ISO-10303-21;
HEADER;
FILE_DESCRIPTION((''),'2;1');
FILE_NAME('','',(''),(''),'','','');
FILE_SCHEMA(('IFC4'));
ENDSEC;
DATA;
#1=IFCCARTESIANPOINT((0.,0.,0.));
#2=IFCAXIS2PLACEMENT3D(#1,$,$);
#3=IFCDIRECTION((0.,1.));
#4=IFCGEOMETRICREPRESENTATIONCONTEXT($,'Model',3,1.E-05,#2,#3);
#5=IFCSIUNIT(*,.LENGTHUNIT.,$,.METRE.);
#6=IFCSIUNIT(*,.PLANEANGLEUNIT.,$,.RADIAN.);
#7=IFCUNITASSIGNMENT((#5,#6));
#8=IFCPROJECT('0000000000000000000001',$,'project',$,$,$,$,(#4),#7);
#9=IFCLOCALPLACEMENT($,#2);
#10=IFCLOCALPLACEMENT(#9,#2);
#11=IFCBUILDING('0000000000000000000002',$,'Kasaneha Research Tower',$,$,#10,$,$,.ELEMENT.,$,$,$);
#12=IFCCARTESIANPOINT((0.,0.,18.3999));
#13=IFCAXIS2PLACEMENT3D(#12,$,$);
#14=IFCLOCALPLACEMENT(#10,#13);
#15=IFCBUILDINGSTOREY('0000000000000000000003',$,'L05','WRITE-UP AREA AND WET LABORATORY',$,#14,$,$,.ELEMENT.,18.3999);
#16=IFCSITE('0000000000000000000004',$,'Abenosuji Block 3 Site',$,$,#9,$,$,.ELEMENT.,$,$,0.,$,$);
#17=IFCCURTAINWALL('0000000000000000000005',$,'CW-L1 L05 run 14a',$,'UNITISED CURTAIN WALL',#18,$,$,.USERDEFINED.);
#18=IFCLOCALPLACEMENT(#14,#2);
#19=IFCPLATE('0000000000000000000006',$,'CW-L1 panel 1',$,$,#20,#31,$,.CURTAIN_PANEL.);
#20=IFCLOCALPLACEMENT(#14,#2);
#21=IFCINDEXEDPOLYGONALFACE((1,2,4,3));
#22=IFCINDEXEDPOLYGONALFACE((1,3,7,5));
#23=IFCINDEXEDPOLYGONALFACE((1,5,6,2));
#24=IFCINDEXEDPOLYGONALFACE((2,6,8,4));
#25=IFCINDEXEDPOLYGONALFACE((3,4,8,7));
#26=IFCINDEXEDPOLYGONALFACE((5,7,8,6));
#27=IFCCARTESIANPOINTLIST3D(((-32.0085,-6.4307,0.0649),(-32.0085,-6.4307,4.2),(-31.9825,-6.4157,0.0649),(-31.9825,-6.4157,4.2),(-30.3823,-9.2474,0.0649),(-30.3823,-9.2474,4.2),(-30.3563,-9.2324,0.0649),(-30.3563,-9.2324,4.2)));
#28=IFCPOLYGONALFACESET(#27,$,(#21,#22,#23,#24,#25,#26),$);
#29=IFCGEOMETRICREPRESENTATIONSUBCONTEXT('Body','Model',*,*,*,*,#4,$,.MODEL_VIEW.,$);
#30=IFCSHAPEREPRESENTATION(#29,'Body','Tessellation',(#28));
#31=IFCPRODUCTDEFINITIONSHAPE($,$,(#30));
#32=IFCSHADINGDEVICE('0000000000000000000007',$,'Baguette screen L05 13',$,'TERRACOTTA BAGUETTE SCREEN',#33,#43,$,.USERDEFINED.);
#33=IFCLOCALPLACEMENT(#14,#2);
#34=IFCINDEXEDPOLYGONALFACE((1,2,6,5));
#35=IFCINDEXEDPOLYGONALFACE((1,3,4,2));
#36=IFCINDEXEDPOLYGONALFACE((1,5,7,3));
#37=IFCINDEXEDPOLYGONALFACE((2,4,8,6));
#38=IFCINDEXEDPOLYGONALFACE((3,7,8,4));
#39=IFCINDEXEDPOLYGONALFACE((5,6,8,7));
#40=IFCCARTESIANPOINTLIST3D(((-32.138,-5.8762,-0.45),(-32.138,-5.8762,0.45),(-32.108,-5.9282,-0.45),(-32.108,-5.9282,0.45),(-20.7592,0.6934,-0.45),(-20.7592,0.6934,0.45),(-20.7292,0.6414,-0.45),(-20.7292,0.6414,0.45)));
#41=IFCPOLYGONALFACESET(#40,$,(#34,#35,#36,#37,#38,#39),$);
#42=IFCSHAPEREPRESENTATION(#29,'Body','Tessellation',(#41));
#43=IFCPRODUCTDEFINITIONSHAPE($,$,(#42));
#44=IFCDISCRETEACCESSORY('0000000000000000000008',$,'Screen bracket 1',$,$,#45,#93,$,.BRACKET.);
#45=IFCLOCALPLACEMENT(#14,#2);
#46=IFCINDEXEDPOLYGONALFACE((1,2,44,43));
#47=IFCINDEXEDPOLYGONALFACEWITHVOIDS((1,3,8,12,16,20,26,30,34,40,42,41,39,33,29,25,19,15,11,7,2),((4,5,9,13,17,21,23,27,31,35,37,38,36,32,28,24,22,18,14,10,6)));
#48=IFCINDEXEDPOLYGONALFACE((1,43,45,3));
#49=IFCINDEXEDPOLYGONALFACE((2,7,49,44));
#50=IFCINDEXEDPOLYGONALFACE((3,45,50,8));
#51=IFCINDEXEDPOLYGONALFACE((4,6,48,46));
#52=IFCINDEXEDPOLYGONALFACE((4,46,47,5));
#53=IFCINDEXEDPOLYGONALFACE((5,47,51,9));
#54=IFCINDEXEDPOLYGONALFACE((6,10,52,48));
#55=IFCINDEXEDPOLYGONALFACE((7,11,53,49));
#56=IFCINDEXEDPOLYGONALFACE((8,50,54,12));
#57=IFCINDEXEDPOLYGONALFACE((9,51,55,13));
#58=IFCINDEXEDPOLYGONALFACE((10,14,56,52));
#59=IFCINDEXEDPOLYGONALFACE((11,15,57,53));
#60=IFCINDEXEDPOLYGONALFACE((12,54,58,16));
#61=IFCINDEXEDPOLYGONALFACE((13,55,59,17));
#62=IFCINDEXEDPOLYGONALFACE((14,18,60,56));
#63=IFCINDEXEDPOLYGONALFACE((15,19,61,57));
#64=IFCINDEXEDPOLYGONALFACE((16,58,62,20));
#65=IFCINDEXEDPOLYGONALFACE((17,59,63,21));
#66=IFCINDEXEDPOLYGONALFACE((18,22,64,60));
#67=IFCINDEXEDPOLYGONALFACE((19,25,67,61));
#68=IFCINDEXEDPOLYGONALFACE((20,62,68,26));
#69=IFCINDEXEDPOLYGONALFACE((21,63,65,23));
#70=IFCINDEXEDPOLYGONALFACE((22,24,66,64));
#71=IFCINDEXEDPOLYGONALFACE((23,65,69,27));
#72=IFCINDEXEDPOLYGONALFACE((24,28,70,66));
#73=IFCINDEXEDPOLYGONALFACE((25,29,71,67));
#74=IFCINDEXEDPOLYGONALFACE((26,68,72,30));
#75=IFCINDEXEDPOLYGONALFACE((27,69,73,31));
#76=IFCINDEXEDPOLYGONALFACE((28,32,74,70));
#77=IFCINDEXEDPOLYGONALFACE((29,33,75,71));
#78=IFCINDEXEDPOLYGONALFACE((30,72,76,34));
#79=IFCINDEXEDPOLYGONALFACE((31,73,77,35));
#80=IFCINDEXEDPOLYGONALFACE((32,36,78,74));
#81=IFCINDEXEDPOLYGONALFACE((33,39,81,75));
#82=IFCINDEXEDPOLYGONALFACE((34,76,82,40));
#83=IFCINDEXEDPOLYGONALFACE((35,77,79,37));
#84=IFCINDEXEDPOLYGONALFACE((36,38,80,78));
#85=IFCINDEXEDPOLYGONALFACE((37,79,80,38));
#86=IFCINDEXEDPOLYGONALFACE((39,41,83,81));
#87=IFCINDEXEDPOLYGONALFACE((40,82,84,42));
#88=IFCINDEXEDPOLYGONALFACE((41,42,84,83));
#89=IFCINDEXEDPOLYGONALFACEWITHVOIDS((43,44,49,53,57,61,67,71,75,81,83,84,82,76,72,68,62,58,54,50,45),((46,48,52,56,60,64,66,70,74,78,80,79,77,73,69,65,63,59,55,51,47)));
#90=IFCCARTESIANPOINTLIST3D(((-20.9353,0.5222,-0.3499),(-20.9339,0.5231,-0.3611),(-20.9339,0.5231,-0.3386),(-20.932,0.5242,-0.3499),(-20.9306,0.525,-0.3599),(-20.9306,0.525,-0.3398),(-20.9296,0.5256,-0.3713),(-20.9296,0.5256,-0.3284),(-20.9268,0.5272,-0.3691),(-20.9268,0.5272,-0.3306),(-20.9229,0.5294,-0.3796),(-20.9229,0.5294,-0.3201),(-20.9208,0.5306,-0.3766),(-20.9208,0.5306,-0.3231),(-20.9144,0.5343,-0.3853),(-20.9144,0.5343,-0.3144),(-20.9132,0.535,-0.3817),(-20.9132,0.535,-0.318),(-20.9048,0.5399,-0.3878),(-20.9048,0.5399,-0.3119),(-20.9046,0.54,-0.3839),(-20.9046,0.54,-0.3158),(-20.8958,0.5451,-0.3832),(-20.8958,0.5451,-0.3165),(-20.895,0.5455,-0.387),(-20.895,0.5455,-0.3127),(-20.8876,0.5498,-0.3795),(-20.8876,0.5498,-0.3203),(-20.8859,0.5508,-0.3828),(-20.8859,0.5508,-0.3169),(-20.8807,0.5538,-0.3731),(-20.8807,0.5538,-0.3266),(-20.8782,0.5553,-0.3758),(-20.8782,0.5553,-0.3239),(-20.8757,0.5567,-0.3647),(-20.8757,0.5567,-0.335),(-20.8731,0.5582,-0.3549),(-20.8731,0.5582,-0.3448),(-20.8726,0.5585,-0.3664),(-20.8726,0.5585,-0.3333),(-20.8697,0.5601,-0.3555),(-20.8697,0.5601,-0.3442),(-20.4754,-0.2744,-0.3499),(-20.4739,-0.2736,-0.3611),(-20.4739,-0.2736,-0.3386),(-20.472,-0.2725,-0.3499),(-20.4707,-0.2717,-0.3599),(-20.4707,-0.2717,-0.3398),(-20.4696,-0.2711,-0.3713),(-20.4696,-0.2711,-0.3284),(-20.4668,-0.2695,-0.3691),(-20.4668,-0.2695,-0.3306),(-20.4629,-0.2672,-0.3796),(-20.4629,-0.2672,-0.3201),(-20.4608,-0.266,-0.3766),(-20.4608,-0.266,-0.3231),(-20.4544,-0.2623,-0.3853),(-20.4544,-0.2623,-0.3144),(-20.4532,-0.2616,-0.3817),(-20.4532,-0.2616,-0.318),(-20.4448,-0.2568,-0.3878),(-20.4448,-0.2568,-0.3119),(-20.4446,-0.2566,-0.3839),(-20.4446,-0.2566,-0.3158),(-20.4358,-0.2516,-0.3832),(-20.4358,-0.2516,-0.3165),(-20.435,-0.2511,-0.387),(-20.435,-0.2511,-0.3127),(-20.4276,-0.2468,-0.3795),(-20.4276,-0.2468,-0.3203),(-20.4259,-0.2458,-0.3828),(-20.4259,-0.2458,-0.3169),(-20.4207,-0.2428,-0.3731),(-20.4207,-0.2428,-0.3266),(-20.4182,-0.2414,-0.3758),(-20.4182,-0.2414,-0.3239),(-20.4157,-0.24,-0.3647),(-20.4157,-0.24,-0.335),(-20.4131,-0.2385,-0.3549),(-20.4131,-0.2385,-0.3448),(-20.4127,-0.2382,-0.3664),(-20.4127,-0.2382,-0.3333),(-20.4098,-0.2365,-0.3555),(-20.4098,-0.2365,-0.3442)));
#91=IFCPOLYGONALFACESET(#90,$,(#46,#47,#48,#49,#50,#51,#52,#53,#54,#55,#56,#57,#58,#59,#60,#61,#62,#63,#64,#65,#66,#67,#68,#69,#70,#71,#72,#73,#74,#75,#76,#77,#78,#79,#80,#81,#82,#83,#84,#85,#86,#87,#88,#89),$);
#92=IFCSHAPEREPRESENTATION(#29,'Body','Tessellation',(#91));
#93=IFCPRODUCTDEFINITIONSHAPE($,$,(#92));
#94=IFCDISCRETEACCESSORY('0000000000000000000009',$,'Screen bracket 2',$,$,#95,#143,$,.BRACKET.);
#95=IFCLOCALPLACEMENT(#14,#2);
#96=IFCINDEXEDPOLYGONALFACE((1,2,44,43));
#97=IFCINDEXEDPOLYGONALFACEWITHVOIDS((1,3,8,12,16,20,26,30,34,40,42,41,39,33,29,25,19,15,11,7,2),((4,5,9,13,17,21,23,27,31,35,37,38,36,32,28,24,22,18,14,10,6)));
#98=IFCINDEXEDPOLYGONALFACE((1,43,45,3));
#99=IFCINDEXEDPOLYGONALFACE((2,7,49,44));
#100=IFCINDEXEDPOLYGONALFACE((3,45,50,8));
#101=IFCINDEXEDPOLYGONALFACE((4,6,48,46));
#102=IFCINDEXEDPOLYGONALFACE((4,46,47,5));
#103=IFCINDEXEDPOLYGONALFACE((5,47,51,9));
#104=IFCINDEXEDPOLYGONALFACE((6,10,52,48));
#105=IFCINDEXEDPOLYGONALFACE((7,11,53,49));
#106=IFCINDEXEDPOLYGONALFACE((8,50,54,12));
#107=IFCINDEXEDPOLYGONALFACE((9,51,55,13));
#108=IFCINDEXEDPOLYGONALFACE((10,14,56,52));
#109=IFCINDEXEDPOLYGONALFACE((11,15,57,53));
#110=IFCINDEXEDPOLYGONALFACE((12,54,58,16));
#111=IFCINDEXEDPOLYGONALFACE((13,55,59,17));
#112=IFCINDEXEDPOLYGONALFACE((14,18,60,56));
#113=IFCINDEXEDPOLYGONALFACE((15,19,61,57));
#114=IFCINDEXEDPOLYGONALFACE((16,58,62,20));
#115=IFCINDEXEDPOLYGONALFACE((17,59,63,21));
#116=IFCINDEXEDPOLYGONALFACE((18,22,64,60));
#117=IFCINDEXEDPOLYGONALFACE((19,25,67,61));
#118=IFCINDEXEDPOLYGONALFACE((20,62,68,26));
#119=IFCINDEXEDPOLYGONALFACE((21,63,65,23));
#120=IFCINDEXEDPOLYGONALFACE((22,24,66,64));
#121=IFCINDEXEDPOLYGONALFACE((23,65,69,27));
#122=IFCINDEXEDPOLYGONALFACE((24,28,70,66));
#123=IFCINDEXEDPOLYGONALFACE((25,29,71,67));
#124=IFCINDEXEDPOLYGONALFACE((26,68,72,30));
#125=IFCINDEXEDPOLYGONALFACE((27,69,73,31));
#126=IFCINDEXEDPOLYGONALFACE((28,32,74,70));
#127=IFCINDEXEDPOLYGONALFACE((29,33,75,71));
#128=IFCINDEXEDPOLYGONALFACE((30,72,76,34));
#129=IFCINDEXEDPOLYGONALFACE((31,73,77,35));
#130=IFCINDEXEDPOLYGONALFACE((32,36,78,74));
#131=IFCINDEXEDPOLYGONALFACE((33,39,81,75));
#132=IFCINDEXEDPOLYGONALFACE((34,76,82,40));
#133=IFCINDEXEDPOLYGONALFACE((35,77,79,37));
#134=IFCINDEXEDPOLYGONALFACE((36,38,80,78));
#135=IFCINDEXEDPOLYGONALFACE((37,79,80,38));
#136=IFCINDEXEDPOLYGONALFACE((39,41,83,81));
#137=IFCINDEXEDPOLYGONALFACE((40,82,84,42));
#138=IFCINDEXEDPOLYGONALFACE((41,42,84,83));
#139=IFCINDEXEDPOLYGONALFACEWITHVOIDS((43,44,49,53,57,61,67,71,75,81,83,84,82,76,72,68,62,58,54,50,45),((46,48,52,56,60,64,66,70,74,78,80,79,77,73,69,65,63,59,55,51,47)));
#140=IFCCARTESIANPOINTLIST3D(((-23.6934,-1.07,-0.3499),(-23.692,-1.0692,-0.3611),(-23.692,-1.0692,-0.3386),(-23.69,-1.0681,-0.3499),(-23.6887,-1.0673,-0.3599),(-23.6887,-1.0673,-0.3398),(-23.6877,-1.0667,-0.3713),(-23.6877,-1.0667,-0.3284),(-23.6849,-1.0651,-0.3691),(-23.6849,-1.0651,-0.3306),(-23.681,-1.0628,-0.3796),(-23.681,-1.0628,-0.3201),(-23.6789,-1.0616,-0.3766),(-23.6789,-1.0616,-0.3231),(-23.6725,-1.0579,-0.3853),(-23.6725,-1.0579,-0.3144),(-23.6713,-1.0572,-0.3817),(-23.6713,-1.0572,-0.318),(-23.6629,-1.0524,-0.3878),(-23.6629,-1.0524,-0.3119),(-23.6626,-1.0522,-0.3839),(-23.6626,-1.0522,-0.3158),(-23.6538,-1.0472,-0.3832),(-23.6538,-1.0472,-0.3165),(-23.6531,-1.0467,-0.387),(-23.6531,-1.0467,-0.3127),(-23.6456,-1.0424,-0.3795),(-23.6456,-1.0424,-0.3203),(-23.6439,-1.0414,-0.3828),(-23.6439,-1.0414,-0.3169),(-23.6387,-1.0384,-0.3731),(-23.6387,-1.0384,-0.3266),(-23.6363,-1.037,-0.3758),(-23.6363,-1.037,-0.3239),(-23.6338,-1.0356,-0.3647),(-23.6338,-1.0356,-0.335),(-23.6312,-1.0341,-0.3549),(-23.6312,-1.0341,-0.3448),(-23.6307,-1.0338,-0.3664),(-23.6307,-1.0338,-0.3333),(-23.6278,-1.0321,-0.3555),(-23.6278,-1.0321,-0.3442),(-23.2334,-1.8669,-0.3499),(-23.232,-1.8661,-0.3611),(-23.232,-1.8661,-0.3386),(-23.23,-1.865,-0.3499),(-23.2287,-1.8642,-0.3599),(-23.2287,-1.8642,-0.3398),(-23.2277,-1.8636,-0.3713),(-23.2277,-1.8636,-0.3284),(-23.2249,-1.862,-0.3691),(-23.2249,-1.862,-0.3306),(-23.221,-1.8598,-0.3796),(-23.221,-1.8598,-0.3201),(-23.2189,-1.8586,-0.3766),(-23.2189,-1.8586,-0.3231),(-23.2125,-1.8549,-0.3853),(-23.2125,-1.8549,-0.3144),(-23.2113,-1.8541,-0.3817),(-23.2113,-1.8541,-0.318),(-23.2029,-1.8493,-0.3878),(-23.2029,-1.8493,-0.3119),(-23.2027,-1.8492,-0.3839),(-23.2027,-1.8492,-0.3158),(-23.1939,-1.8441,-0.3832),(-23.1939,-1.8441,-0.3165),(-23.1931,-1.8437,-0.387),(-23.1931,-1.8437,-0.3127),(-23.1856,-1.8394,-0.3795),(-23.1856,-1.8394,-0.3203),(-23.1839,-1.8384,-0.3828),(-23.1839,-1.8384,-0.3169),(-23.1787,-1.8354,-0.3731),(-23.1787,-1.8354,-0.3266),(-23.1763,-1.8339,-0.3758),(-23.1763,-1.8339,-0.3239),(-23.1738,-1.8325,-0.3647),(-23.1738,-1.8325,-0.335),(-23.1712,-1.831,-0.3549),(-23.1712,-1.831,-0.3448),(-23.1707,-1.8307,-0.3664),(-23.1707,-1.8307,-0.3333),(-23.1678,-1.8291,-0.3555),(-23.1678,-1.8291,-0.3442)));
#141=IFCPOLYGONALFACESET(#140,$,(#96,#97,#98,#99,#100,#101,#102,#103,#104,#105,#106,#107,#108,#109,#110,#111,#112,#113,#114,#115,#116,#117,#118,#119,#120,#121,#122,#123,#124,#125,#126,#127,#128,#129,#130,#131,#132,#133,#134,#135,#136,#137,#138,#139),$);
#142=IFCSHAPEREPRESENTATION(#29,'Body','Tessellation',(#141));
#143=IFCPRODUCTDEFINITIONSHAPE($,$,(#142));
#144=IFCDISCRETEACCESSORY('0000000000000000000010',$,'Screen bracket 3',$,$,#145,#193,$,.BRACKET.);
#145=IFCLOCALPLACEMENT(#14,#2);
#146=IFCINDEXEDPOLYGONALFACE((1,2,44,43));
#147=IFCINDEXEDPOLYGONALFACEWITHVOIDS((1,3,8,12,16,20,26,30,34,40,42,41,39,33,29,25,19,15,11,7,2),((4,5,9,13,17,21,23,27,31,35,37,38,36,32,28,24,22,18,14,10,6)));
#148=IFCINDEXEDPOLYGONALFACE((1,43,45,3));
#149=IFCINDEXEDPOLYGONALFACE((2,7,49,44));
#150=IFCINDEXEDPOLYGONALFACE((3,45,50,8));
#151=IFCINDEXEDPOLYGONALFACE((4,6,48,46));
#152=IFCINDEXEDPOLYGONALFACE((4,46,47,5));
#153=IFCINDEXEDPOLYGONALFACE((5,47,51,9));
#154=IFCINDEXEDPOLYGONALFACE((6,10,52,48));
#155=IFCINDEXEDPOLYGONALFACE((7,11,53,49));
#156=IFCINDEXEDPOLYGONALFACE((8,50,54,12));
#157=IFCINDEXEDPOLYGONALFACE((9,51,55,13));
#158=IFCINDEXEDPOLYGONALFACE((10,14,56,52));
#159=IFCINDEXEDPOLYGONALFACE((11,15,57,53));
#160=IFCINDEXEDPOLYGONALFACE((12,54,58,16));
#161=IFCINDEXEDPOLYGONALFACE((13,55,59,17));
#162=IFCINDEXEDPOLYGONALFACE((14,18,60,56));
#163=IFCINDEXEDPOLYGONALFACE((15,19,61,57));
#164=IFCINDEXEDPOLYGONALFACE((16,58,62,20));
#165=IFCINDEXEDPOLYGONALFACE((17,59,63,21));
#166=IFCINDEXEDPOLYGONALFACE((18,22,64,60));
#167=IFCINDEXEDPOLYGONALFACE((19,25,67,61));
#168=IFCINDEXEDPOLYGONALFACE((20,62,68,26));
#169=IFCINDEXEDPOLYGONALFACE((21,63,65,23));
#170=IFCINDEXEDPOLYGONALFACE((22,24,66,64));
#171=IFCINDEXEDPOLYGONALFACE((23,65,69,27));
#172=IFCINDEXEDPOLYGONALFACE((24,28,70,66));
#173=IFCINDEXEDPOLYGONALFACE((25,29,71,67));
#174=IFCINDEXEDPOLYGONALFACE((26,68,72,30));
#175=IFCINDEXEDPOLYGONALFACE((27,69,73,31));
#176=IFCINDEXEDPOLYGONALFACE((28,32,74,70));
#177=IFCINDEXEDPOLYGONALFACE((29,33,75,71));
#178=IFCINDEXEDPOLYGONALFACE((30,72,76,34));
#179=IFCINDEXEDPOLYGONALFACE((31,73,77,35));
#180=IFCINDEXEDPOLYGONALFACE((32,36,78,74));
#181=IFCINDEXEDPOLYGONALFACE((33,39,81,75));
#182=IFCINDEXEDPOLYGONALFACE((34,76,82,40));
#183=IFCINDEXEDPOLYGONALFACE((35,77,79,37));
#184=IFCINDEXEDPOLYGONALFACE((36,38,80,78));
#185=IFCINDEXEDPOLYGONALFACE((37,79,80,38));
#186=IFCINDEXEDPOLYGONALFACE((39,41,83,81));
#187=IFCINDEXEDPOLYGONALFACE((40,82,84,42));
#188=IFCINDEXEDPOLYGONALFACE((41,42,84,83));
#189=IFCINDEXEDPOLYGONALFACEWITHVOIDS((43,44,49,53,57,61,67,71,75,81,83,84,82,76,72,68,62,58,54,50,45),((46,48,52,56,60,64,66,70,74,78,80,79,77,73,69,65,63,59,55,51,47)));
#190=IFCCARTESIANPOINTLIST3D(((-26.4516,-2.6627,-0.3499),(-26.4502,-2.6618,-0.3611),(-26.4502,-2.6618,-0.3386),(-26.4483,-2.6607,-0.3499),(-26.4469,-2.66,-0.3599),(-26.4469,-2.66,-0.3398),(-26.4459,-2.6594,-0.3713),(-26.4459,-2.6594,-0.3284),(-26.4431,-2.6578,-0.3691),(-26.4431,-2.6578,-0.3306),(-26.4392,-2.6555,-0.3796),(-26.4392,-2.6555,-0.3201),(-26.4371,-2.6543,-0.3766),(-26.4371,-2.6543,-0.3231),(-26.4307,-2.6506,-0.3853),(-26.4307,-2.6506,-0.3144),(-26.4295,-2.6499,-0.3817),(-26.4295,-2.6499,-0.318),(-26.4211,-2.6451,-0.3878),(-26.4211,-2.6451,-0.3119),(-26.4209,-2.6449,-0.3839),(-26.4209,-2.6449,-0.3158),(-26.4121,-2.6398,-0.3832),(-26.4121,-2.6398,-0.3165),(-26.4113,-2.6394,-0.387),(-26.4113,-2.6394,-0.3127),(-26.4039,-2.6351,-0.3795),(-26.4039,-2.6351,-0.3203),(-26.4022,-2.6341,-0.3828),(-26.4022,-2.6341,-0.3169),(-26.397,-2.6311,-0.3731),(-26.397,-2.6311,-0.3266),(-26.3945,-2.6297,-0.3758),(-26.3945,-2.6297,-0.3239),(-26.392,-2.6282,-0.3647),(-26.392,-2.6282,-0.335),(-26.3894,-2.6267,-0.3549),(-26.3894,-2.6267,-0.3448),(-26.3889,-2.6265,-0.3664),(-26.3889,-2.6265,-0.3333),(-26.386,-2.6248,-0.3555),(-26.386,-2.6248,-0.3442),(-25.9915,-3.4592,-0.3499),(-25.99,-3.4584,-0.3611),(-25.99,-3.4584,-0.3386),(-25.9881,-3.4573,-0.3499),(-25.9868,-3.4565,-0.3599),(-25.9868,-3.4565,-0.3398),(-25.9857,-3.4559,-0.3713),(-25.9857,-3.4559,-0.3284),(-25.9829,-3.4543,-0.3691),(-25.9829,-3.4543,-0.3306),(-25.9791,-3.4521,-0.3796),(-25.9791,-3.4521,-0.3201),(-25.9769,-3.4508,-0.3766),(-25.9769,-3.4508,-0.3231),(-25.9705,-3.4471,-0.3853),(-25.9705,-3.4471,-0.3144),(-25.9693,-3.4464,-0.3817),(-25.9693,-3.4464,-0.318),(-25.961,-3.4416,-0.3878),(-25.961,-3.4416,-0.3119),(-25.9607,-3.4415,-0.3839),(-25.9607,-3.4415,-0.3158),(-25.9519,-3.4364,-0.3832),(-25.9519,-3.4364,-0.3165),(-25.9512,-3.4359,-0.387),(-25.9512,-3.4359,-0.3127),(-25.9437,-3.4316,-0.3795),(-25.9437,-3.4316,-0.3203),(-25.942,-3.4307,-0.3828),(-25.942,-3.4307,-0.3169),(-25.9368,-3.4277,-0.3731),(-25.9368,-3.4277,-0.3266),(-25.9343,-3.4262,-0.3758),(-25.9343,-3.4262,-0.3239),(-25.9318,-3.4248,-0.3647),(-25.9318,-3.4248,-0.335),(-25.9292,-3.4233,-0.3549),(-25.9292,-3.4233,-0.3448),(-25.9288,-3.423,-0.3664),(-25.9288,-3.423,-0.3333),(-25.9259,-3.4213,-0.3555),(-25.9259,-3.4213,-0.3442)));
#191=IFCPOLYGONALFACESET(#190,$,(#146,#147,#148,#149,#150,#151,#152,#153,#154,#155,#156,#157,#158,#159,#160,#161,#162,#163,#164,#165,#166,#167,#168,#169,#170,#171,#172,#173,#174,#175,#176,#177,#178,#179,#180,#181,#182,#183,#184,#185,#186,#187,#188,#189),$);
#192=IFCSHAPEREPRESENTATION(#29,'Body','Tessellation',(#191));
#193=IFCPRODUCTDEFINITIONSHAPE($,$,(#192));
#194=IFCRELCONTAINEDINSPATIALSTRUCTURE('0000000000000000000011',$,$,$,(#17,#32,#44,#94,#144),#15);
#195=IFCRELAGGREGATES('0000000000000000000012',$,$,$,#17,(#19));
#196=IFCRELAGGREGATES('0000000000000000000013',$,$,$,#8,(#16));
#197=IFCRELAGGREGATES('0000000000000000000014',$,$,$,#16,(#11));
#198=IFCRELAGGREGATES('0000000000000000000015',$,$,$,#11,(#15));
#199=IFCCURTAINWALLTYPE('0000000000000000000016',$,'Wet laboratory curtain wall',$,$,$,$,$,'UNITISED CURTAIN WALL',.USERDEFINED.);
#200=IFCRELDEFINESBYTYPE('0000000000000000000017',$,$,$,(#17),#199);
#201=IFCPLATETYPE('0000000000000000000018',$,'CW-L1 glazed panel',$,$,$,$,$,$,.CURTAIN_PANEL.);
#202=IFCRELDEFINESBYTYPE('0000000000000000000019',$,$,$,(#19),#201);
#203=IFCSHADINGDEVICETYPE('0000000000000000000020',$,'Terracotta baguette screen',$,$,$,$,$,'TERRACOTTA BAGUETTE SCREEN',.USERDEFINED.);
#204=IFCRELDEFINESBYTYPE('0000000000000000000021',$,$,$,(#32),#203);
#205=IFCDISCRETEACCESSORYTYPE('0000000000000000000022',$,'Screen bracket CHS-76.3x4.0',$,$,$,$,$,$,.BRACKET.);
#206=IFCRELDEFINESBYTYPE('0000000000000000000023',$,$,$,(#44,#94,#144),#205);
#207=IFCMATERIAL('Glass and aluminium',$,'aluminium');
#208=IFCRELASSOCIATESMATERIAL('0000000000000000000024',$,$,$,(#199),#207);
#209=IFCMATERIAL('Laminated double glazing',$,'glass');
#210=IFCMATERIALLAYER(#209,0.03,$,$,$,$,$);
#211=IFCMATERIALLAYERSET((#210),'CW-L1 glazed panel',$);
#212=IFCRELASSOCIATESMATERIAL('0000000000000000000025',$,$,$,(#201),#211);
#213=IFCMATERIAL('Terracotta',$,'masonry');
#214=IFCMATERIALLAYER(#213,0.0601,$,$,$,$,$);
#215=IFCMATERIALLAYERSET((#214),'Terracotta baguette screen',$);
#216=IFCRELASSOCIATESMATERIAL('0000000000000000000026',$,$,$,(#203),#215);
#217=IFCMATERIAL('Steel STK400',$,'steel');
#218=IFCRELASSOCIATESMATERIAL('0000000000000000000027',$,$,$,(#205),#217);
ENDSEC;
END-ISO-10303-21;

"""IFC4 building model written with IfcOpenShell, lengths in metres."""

from ifc_helpers import new_model, si_unit, direction, frame, origin, origin_2d, place, context, subcontext, project, spatial, rectangle, hollow_circle, extrude, material, layer, layer_set, material_profile, profile_set, type_object, element, aggregate, save


model = new_model("IFC4")

# Units and contexts
model_context = context("Model", 3, precision=1e-05, world=origin(), true_north=direction((0.0, 1.0)))
body_context = subcontext(model_context, "Body", "Model", "MODEL_VIEW")
ifc_project = project(units=[si_unit("LENGTHUNIT", "METRE"), si_unit("PLANEANGLEUNIT", "RADIAN")], contexts=[model_context])

# Site, building, storey
site_placement = place(None, origin())
site = spatial("IfcSite", under=ifc_project, at=site_placement, Name="Abenosuji Block 3 Site", CompositionType="ELEMENT", RefElevation=0.0)
building_placement = place(site_placement, origin())
building = spatial("IfcBuilding", under=site, at=building_placement, Name="Kasaneha Research Tower", CompositionType="ELEMENT")
storey_placement = place(building_placement, frame((0.0, 0.0, 18.3999)))
storey = spatial("IfcBuildingStorey", under=building, at=storey_placement, Name="L05", Description="WRITE-UP AREA AND WET LABORATORY", CompositionType="ELEMENT", Elevation=18.3999)

# Shared definitions
ifc_material_1 = material(Name="Glass and aluminium", Category="aluminium")
curtain_wall_type = type_object("IfcCurtainWallType", Name="Wet laboratory curtain wall", ElementType="UNITISED CURTAIN WALL", PredefinedType="USERDEFINED", material=ifc_material_1)

# Curtain wall
curtain_wall_1_placement = place(storey_placement, origin())
curtain_wall_1 = element("IfcCurtainWall", 1, at=curtain_wall_1_placement, inside=storey, type_object=curtain_wall_type, Name="CW-L1 L05 run 14a", ObjectType="UNITISED CURTAIN WALL", PredefinedType="USERDEFINED")

# Plate
ifc_material_2 = material(Name="Laminated double glazing", Category="glass")
ifc_layer_1 = layer(ifc_material_2, 0.03)
ifc_layer_set_1 = layer_set([ifc_layer_1], Name="CW-L1 glazed panel")
plate_type = type_object("IfcPlateType", Name="CW-L1 glazed panel", PredefinedType="CURTAIN_PANEL", material=ifc_layer_set_1)
plate_1_placement = place(storey_placement, frame((-31.1824, -7.8315, 0.0649), z_axis=(0.0, 0.0, 1.0), x_axis=(0.5, -0.866025, 0.0)))
plate_1 = element("IfcPlate", 2, at=plate_1_placement, type_object=plate_type, Name="CW-L1 panel 1", PredefinedType="CURTAIN_PANEL", context=body_context, shape_type="SweptSolid", body=[
    extrude(rectangle(XDim=3.2524, YDim=0.03, at=origin_2d()), origin(), (0.0, 0.0, 1.0), 4.135),
])
aggregate(curtain_wall_1, [plate_1])

# Shading device
ifc_material_3 = material(Name="Terracotta", Category="masonry")
ifc_layer_2 = layer(ifc_material_3, 0.0601)
ifc_layer_set_2 = layer_set([ifc_layer_2], Name="Terracotta baguette screen")
shading_device_type = type_object("IfcShadingDeviceType", Name="Terracotta baguette screen", ElementType="TERRACOTTA BAGUETTE SCREEN", PredefinedType="USERDEFINED", material=ifc_layer_set_2)
shading_device_placement = place(storey_placement, frame((-26.4336, -2.6174, -0.45), z_axis=(0.0, 0.0, 1.0), x_axis=(-0.866025, -0.5, 0.0)))
element("IfcShadingDevice", 3, at=shading_device_placement, inside=storey, type_object=shading_device_type, Name="Baguette screen L05 13", ObjectType="TERRACOTTA BAGUETTE SCREEN", PredefinedType="USERDEFINED", context=body_context, shape_type="SweptSolid", body=[
    extrude(rectangle(XDim=13.1392, YDim=0.0601, at=origin_2d()), origin(), (0.0, 0.0, 1.0), 0.8999),
])

# Discrete accessories
ifc_material_4 = material(Name="Steel STK400", Category="steel")
ifc_material_profile_1 = material_profile(ifc_material_4, hollow_circle(Radius=0.0381, WallThickness=0.0039, at=origin_2d()), Name="CHS-76.3x4.0")
ifc_profile_set_1 = profile_set([ifc_material_profile_1], Name="Steel STK400")
discrete_accessory_type = type_object("IfcDiscreteAccessoryType", Name="Screen bracket CHS-76.3x4.0", PredefinedType="BRACKET", material=ifc_profile_set_1)
discrete_accessory_1_placement = place(storey_placement, frame((-20.4424, -0.2554, -0.3499), z_axis=(-0.500021, 0.866013, 0.0), x_axis=(-0.866013, -0.500021, 0.0)))
element("IfcDiscreteAccessory", 4, at=discrete_accessory_1_placement, inside=storey, type_object=discrete_accessory_type, Name="Screen bracket 1", PredefinedType="BRACKET", context=body_context, shape_type="SweptSolid", body=[
    extrude(hollow_circle(Radius=0.0381, WallThickness=0.0039, at=origin_2d()), origin(), (0.0, 0.0, 1.0), 0.9199),
])
discrete_accessory_2_placement = place(storey_placement, frame((-23.2004, -1.8479, -0.3499), z_axis=(-0.499906, 0.86608, 0.0), x_axis=(-0.86608, -0.499906, 0.0)))
element("IfcDiscreteAccessory", 5, at=discrete_accessory_2_placement, inside=storey, type_object=discrete_accessory_type, Name="Screen bracket 2", PredefinedType="BRACKET", context=body_context, shape_type="SweptSolid", body=[
    extrude(hollow_circle(Radius=0.0381, WallThickness=0.0039, at=origin_2d()), origin(), (0.0, 0.0, 1.0), 0.9202),
])
discrete_accessory_3_placement = place(storey_placement, frame((-25.9585, -3.4402, -0.3499), z_axis=(-0.50022, 0.865898, 0.0), x_axis=(-0.865898, -0.50022, 0.0)))
element("IfcDiscreteAccessory", 6, at=discrete_accessory_3_placement, inside=storey, type_object=discrete_accessory_type, Name="Screen bracket 3", PredefinedType="BRACKET", context=body_context, shape_type="SweptSolid", body=[
    extrude(hollow_circle(Radius=0.0381, WallThickness=0.0039, at=origin_2d()), origin(), (0.0, 0.0, 1.0), 0.9199),
])

save(model, "model.ifc")
